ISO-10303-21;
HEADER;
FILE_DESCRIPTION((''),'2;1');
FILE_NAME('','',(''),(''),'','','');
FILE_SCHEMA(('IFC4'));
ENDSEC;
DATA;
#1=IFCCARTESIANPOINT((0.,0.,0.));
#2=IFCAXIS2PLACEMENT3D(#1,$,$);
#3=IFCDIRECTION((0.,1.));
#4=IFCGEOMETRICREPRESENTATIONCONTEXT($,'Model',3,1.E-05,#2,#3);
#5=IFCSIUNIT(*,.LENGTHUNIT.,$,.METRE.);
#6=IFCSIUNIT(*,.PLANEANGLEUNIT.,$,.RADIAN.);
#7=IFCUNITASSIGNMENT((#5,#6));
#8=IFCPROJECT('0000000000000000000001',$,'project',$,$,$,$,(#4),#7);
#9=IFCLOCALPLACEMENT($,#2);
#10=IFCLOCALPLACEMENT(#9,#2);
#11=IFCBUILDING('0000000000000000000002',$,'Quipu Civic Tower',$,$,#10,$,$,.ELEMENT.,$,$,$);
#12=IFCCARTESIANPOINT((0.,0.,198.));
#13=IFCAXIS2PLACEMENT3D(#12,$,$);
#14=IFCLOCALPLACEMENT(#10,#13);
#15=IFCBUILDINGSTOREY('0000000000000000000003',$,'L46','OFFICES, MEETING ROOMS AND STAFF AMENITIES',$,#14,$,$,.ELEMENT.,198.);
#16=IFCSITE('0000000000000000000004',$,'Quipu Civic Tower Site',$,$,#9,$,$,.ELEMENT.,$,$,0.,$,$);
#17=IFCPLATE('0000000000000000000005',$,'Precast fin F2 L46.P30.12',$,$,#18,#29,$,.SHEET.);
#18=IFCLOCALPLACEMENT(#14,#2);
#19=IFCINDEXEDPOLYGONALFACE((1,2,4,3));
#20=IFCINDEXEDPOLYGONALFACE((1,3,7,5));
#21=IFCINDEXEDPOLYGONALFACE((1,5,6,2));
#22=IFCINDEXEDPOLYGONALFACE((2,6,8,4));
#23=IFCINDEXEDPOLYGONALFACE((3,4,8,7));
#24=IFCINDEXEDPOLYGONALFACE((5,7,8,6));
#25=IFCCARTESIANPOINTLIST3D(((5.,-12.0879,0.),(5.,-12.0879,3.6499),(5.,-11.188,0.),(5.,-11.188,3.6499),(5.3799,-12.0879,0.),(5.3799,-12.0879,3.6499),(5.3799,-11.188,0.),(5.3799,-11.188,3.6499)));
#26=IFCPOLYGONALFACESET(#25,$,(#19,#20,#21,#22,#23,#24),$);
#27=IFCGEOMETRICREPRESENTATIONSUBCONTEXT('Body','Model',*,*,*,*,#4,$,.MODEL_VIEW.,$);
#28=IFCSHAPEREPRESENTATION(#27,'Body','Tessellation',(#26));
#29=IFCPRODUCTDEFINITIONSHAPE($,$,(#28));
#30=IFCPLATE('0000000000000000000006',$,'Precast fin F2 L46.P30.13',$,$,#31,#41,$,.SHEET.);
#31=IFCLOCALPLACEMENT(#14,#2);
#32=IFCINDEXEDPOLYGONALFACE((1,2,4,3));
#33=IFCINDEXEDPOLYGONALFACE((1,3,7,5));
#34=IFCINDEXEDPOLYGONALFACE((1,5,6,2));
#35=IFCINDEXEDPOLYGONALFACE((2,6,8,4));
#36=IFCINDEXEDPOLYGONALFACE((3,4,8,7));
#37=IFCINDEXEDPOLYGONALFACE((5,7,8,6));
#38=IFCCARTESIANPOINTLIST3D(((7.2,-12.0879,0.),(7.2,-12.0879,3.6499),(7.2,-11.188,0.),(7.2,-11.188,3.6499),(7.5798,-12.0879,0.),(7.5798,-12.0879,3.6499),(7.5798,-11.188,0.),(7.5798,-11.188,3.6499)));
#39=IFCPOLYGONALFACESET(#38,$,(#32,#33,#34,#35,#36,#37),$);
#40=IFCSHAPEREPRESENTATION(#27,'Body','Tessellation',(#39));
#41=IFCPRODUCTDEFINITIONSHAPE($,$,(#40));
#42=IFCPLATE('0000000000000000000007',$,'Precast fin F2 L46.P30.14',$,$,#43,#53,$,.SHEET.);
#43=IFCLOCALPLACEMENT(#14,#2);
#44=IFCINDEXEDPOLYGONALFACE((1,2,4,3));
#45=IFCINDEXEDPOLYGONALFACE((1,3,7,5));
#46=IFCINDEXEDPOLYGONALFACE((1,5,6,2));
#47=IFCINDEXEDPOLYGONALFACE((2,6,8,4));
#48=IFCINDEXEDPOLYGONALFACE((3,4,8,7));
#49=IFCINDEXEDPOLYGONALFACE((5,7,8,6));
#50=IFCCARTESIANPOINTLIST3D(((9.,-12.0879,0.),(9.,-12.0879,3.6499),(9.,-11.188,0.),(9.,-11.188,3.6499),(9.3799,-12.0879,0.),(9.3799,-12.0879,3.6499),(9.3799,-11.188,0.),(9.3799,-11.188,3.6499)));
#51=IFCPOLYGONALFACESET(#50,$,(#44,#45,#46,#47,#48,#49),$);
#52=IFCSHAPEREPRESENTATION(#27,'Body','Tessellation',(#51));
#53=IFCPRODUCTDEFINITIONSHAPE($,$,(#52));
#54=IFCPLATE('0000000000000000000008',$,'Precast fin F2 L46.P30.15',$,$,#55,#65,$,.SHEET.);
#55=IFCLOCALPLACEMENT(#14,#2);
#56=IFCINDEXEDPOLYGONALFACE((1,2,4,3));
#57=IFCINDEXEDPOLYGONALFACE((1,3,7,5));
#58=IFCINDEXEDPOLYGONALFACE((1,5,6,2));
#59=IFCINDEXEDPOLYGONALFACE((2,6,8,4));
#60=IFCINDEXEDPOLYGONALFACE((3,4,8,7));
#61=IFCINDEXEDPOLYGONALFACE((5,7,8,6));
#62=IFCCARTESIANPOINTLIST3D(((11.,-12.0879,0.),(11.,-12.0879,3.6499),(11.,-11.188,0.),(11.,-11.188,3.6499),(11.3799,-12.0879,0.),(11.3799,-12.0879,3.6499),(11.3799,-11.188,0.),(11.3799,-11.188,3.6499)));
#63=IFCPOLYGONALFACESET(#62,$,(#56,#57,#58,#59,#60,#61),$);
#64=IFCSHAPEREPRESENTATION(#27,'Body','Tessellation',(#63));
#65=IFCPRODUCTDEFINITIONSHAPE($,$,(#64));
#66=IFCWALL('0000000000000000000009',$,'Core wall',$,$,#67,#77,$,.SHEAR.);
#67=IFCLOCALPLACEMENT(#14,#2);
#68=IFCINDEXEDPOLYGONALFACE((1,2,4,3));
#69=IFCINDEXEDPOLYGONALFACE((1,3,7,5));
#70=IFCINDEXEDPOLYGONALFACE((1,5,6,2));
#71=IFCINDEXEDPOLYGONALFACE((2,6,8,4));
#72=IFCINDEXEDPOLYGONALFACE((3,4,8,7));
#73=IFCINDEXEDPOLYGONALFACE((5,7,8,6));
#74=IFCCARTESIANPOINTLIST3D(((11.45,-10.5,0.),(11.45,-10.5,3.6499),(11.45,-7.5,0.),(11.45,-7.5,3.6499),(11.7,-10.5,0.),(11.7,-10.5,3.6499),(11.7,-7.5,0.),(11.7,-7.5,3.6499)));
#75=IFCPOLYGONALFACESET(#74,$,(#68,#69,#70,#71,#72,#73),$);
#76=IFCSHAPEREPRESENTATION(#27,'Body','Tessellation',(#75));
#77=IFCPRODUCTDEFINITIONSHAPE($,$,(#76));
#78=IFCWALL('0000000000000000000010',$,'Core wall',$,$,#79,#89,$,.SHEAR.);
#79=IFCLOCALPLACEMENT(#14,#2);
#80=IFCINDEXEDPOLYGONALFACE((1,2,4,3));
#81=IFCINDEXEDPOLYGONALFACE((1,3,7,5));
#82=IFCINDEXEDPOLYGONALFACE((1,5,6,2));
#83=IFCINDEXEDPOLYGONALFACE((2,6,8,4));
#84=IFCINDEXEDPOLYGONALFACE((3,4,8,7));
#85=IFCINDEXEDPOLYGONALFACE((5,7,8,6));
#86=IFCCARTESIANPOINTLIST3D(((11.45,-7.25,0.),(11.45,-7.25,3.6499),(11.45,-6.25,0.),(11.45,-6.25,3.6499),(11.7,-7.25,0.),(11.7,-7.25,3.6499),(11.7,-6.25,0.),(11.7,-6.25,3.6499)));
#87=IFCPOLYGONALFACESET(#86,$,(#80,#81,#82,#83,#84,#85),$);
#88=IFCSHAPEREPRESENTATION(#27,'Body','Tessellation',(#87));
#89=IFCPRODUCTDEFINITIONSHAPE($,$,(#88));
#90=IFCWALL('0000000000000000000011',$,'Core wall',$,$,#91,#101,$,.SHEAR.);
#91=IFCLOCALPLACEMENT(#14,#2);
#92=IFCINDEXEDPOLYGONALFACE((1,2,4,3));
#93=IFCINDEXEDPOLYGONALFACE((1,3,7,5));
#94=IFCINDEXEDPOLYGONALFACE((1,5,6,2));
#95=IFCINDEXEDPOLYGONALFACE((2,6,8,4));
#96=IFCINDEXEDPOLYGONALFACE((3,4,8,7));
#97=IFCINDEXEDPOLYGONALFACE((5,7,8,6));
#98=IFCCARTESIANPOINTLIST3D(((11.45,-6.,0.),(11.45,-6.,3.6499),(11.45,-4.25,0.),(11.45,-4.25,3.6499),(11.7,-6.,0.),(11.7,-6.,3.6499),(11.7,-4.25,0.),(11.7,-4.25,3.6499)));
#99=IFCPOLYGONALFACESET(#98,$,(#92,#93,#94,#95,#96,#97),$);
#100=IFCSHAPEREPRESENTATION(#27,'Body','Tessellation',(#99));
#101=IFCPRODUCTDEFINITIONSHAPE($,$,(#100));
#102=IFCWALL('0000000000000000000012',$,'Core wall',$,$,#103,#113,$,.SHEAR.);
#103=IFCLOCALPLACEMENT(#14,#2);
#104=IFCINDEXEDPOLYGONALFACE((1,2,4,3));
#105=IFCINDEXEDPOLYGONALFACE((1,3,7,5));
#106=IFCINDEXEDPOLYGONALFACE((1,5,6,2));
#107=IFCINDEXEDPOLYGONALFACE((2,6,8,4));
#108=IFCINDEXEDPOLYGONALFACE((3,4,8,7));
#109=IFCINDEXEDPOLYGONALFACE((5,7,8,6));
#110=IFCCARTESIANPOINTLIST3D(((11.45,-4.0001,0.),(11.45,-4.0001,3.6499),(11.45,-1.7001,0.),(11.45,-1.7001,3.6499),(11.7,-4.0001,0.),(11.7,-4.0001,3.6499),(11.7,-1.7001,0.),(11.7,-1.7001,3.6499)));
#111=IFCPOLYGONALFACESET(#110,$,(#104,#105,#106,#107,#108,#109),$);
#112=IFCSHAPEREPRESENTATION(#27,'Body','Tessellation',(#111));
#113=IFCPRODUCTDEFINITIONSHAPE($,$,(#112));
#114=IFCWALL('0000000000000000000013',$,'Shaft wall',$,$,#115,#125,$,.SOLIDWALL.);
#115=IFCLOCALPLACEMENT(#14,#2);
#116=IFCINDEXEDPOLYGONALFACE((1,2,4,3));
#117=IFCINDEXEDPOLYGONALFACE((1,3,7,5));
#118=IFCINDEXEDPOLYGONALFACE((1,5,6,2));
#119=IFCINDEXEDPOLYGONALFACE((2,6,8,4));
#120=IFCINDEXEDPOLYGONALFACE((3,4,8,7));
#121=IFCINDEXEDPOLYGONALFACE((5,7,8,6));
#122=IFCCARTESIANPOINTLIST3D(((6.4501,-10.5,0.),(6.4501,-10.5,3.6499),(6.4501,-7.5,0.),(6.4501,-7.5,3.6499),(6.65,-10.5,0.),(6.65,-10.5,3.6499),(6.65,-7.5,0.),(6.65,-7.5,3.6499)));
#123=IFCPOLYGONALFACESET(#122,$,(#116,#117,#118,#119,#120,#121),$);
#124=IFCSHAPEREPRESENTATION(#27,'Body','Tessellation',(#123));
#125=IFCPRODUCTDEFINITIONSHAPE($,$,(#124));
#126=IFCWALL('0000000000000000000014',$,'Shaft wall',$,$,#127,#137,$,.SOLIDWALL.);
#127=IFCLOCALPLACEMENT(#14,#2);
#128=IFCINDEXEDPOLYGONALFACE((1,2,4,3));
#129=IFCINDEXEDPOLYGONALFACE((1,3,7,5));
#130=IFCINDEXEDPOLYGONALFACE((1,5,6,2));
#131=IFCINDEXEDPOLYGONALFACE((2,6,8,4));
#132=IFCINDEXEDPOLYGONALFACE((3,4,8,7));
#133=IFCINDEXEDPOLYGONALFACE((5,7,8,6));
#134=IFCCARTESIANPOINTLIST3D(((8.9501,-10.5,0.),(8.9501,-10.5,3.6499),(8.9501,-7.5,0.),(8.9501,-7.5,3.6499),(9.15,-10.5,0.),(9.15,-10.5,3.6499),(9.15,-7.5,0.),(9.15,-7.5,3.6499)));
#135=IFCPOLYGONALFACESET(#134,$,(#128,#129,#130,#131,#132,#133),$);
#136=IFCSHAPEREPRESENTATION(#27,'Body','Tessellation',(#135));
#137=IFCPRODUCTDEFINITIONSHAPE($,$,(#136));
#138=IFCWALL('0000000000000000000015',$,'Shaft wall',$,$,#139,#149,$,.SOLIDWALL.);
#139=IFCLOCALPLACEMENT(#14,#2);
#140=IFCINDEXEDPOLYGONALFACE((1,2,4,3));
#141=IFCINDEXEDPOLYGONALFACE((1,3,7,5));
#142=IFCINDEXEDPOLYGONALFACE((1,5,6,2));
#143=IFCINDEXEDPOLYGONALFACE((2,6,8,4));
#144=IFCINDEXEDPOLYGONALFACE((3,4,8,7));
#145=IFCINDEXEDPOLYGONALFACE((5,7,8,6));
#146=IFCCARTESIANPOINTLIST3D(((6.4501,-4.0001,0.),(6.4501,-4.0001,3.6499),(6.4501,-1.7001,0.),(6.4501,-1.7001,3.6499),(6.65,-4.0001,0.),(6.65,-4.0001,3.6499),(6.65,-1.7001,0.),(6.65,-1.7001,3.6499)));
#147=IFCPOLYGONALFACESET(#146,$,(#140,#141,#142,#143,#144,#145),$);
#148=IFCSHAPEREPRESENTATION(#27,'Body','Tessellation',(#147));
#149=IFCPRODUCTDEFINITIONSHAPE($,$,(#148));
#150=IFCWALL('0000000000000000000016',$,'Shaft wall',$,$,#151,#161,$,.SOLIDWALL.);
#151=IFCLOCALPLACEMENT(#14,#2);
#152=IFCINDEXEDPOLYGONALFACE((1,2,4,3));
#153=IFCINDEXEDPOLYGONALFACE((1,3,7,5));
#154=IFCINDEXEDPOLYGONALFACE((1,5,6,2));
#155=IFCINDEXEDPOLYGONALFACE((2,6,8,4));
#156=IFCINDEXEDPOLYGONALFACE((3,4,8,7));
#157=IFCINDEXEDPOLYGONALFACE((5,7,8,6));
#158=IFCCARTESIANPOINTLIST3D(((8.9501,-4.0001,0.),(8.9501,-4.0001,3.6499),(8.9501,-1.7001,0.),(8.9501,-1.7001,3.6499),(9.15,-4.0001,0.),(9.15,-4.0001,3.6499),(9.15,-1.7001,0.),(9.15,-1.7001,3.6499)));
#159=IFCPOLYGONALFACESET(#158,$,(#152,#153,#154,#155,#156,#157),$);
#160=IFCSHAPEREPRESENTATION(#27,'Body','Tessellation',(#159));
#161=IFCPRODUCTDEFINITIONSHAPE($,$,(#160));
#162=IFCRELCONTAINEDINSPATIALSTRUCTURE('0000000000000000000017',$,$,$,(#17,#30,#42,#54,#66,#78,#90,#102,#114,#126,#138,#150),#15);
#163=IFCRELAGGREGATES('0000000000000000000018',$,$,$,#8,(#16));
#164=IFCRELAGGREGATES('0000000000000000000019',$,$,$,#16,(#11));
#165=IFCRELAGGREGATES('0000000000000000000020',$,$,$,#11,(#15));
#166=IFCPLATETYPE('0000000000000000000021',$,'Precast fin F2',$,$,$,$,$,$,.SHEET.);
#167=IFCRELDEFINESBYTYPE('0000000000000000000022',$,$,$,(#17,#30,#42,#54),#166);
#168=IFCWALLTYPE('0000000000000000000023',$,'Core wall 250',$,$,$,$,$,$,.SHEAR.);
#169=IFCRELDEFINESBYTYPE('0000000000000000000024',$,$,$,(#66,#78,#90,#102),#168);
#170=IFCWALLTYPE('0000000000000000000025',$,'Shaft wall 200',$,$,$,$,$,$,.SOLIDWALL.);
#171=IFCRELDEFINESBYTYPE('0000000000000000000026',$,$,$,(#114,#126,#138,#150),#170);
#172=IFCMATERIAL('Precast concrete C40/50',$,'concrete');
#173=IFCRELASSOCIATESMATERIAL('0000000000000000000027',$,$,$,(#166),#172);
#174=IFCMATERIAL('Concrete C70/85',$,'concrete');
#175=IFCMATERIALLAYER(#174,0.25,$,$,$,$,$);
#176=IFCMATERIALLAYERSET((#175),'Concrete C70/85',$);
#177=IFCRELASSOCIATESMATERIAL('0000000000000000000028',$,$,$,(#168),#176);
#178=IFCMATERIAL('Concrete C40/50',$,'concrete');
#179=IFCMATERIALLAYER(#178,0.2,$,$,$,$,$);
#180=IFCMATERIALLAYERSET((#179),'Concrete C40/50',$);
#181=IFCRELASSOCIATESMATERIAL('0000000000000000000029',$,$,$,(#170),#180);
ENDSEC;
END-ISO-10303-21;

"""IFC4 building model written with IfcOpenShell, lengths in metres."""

from ifc_helpers import new_model, si_unit, direction, frame, frame_2d, origin, origin_2d, place, context, subcontext, project, spatial, rectangle, extrude, material, layer, layer_set, type_object, element, save


model = new_model("IFC4")

# Units and contexts
model_context = context("Model", 3, precision=1e-05, world=origin(), true_north=direction((0.0, 1.0)))
body_context = subcontext(model_context, "Body", "Model", "MODEL_VIEW")
ifc_project = project(units=[si_unit("LENGTHUNIT", "METRE"), si_unit("PLANEANGLEUNIT", "RADIAN")], contexts=[model_context])

# Site, building, storey
site_placement = place(None, origin())
site = spatial("IfcSite", under=ifc_project, at=site_placement, Name="Quipu Civic Tower Site", CompositionType="ELEMENT", RefElevation=0.0)
building_placement = place(site_placement, origin())
building = spatial("IfcBuilding", under=site, at=building_placement, Name="Quipu Civic Tower", CompositionType="ELEMENT")
storey_placement = place(building_placement, frame((0.0, 0.0, 198.0)))
storey = spatial("IfcBuildingStorey", under=building, at=storey_placement, Name="L46", Description="OFFICES, MEETING ROOMS AND STAFF AMENITIES", CompositionType="ELEMENT", Elevation=198.0)

# Plates
ifc_material_1 = material(Name="Precast concrete C40/50", Category="concrete")
plate_type = type_object("IfcPlateType", Name="Precast fin F2", PredefinedType="SHEET", material=ifc_material_1)
for number, where, z_axis, x_axis, name in (
    (1, (5.1899, -11.6379, 0.0), (0.0, 0.0, 1.0), (1.0, 0.0, 0.0), "Precast fin F2 L46.P30.12"),
    (2, (7.3899, -11.6379, 0.0), (0.0, 0.0, 1.0), (1.0, 0.0, 0.0), "Precast fin F2 L46.P30.13"),
    (3, (9.1899, -11.6379, 0.0), (0.0, 0.0, 1.0), (1.0, 0.0, 0.0), "Precast fin F2 L46.P30.14"),
    (4, (11.1899, -11.6379, 0.0), (0.0, 0.0, 1.0), (1.0, 0.0, 0.0), "Precast fin F2 L46.P30.15"),
):
    element("IfcPlate", number, at=place(storey_placement, frame(where, z_axis=z_axis, x_axis=x_axis)), inside=storey, type_object=plate_type, Name=name, PredefinedType="SHEET", context=body_context, shape_type="SweptSolid", body=[
        extrude(rectangle(XDim=0.3799, YDim=0.8999, at=origin_2d()), origin(), (0.0, 0.0, 1.0), 3.6499),
    ])

# Walls
ifc_material_2 = material(Name="Concrete C70/85", Category="concrete")
ifc_layer_1 = layer(ifc_material_2, 0.25)
ifc_layer_set_1 = layer_set([ifc_layer_1], Name="Concrete C70/85")
wall_type_1 = type_object("IfcWallType", Name="Core wall 250", PredefinedType="SHEAR", material=ifc_layer_set_1)
wall_1_placement = place(storey_placement, frame((11.575, -10.5, 0.0), z_axis=(0.0, 0.0, 1.0), x_axis=(0.0, 1.0, 0.0)))
element("IfcWall", 5, at=wall_1_placement, inside=storey, type_object=wall_type_1, Name="Core wall", PredefinedType="SHEAR", context=body_context, shape_type="SweptSolid", body=[
    extrude(rectangle(XDim=3.0, YDim=0.25, at=frame_2d((1.5, 0.0))), origin(), (0.0, 0.0, 1.0), 3.6499),
])
wall_2_placement = place(storey_placement, frame((11.575, -7.25, 0.0), z_axis=(0.0, 0.0, 1.0), x_axis=(0.0, 1.0, 0.0)))
element("IfcWall", 6, at=wall_2_placement, inside=storey, type_object=wall_type_1, Name="Core wall", PredefinedType="SHEAR", context=body_context, shape_type="SweptSolid", body=[
    extrude(rectangle(XDim=1.0, YDim=0.25, at=frame_2d((0.5, 0.0))), origin(), (0.0, 0.0, 1.0), 3.6499),
])
wall_3_placement = place(storey_placement, frame((11.575, -6.0, 0.0), z_axis=(0.0, 0.0, 1.0), x_axis=(0.0, 1.0, 0.0)))
element("IfcWall", 7, at=wall_3_placement, inside=storey, type_object=wall_type_1, Name="Core wall", PredefinedType="SHEAR", context=body_context, shape_type="SweptSolid", body=[
    extrude(rectangle(XDim=1.75, YDim=0.25, at=frame_2d((0.875, 0.0))), origin(), (0.0, 0.0, 1.0), 3.6499),
])
wall_4_placement = place(storey_placement, frame((11.575, -4.0, 0.0), z_axis=(0.0, 0.0, 1.0), x_axis=(0.0, 1.0, 0.0)))
element("IfcWall", 8, at=wall_4_placement, inside=storey, type_object=wall_type_1, Name="Core wall", PredefinedType="SHEAR", context=body_context, shape_type="SweptSolid", body=[
    extrude(rectangle(XDim=2.3, YDim=0.25, at=frame_2d((1.1499, 0.0))), origin(), (0.0, 0.0, 1.0), 3.6499),
])
ifc_material_3 = material(Name="Concrete C40/50", Category="concrete")
ifc_layer_2 = layer(ifc_material_3, 0.2)
ifc_layer_set_2 = layer_set([ifc_layer_2], Name="Concrete C40/50")
wall_type_2 = type_object("IfcWallType", Name="Shaft wall 200", PredefinedType="SOLIDWALL", material=ifc_layer_set_2)
for number, where, z_axis, x_axis, name in (
    (9, (6.55, -10.5, 0.0), (0.0, 0.0, 1.0), (0.0, 1.0, 0.0), "Shaft wall"),
    (10, (9.05, -10.5, 0.0), (0.0, 0.0, 1.0), (0.0, 1.0, 0.0), "Shaft wall"),
):
    element("IfcWall", number, at=place(storey_placement, frame(where, z_axis=z_axis, x_axis=x_axis)), inside=storey, type_object=wall_type_2, Name=name, PredefinedType="SOLIDWALL", context=body_context, shape_type="SweptSolid", body=[
        extrude(rectangle(XDim=3.0, YDim=0.2, at=frame_2d((1.5, 0.0))), origin(), (0.0, 0.0, 1.0), 3.6499),
    ])
for number, where, z_axis, x_axis, name in (
    (11, (6.55, -4.0, 0.0), (0.0, 0.0, 1.0), (0.0, 1.0, 0.0), "Shaft wall"),
    (12, (9.05, -4.0, 0.0), (0.0, 0.0, 1.0), (0.0, 1.0, 0.0), "Shaft wall"),
):
    element("IfcWall", number, at=place(storey_placement, frame(where, z_axis=z_axis, x_axis=x_axis)), inside=storey, type_object=wall_type_2, Name=name, PredefinedType="SOLIDWALL", context=body_context, shape_type="SweptSolid", body=[
        extrude(rectangle(XDim=2.3, YDim=0.2, at=frame_2d((1.1499, 0.0))), origin(), (0.0, 0.0, 1.0), 3.6499),
    ])

save(model, "model.ifc")
